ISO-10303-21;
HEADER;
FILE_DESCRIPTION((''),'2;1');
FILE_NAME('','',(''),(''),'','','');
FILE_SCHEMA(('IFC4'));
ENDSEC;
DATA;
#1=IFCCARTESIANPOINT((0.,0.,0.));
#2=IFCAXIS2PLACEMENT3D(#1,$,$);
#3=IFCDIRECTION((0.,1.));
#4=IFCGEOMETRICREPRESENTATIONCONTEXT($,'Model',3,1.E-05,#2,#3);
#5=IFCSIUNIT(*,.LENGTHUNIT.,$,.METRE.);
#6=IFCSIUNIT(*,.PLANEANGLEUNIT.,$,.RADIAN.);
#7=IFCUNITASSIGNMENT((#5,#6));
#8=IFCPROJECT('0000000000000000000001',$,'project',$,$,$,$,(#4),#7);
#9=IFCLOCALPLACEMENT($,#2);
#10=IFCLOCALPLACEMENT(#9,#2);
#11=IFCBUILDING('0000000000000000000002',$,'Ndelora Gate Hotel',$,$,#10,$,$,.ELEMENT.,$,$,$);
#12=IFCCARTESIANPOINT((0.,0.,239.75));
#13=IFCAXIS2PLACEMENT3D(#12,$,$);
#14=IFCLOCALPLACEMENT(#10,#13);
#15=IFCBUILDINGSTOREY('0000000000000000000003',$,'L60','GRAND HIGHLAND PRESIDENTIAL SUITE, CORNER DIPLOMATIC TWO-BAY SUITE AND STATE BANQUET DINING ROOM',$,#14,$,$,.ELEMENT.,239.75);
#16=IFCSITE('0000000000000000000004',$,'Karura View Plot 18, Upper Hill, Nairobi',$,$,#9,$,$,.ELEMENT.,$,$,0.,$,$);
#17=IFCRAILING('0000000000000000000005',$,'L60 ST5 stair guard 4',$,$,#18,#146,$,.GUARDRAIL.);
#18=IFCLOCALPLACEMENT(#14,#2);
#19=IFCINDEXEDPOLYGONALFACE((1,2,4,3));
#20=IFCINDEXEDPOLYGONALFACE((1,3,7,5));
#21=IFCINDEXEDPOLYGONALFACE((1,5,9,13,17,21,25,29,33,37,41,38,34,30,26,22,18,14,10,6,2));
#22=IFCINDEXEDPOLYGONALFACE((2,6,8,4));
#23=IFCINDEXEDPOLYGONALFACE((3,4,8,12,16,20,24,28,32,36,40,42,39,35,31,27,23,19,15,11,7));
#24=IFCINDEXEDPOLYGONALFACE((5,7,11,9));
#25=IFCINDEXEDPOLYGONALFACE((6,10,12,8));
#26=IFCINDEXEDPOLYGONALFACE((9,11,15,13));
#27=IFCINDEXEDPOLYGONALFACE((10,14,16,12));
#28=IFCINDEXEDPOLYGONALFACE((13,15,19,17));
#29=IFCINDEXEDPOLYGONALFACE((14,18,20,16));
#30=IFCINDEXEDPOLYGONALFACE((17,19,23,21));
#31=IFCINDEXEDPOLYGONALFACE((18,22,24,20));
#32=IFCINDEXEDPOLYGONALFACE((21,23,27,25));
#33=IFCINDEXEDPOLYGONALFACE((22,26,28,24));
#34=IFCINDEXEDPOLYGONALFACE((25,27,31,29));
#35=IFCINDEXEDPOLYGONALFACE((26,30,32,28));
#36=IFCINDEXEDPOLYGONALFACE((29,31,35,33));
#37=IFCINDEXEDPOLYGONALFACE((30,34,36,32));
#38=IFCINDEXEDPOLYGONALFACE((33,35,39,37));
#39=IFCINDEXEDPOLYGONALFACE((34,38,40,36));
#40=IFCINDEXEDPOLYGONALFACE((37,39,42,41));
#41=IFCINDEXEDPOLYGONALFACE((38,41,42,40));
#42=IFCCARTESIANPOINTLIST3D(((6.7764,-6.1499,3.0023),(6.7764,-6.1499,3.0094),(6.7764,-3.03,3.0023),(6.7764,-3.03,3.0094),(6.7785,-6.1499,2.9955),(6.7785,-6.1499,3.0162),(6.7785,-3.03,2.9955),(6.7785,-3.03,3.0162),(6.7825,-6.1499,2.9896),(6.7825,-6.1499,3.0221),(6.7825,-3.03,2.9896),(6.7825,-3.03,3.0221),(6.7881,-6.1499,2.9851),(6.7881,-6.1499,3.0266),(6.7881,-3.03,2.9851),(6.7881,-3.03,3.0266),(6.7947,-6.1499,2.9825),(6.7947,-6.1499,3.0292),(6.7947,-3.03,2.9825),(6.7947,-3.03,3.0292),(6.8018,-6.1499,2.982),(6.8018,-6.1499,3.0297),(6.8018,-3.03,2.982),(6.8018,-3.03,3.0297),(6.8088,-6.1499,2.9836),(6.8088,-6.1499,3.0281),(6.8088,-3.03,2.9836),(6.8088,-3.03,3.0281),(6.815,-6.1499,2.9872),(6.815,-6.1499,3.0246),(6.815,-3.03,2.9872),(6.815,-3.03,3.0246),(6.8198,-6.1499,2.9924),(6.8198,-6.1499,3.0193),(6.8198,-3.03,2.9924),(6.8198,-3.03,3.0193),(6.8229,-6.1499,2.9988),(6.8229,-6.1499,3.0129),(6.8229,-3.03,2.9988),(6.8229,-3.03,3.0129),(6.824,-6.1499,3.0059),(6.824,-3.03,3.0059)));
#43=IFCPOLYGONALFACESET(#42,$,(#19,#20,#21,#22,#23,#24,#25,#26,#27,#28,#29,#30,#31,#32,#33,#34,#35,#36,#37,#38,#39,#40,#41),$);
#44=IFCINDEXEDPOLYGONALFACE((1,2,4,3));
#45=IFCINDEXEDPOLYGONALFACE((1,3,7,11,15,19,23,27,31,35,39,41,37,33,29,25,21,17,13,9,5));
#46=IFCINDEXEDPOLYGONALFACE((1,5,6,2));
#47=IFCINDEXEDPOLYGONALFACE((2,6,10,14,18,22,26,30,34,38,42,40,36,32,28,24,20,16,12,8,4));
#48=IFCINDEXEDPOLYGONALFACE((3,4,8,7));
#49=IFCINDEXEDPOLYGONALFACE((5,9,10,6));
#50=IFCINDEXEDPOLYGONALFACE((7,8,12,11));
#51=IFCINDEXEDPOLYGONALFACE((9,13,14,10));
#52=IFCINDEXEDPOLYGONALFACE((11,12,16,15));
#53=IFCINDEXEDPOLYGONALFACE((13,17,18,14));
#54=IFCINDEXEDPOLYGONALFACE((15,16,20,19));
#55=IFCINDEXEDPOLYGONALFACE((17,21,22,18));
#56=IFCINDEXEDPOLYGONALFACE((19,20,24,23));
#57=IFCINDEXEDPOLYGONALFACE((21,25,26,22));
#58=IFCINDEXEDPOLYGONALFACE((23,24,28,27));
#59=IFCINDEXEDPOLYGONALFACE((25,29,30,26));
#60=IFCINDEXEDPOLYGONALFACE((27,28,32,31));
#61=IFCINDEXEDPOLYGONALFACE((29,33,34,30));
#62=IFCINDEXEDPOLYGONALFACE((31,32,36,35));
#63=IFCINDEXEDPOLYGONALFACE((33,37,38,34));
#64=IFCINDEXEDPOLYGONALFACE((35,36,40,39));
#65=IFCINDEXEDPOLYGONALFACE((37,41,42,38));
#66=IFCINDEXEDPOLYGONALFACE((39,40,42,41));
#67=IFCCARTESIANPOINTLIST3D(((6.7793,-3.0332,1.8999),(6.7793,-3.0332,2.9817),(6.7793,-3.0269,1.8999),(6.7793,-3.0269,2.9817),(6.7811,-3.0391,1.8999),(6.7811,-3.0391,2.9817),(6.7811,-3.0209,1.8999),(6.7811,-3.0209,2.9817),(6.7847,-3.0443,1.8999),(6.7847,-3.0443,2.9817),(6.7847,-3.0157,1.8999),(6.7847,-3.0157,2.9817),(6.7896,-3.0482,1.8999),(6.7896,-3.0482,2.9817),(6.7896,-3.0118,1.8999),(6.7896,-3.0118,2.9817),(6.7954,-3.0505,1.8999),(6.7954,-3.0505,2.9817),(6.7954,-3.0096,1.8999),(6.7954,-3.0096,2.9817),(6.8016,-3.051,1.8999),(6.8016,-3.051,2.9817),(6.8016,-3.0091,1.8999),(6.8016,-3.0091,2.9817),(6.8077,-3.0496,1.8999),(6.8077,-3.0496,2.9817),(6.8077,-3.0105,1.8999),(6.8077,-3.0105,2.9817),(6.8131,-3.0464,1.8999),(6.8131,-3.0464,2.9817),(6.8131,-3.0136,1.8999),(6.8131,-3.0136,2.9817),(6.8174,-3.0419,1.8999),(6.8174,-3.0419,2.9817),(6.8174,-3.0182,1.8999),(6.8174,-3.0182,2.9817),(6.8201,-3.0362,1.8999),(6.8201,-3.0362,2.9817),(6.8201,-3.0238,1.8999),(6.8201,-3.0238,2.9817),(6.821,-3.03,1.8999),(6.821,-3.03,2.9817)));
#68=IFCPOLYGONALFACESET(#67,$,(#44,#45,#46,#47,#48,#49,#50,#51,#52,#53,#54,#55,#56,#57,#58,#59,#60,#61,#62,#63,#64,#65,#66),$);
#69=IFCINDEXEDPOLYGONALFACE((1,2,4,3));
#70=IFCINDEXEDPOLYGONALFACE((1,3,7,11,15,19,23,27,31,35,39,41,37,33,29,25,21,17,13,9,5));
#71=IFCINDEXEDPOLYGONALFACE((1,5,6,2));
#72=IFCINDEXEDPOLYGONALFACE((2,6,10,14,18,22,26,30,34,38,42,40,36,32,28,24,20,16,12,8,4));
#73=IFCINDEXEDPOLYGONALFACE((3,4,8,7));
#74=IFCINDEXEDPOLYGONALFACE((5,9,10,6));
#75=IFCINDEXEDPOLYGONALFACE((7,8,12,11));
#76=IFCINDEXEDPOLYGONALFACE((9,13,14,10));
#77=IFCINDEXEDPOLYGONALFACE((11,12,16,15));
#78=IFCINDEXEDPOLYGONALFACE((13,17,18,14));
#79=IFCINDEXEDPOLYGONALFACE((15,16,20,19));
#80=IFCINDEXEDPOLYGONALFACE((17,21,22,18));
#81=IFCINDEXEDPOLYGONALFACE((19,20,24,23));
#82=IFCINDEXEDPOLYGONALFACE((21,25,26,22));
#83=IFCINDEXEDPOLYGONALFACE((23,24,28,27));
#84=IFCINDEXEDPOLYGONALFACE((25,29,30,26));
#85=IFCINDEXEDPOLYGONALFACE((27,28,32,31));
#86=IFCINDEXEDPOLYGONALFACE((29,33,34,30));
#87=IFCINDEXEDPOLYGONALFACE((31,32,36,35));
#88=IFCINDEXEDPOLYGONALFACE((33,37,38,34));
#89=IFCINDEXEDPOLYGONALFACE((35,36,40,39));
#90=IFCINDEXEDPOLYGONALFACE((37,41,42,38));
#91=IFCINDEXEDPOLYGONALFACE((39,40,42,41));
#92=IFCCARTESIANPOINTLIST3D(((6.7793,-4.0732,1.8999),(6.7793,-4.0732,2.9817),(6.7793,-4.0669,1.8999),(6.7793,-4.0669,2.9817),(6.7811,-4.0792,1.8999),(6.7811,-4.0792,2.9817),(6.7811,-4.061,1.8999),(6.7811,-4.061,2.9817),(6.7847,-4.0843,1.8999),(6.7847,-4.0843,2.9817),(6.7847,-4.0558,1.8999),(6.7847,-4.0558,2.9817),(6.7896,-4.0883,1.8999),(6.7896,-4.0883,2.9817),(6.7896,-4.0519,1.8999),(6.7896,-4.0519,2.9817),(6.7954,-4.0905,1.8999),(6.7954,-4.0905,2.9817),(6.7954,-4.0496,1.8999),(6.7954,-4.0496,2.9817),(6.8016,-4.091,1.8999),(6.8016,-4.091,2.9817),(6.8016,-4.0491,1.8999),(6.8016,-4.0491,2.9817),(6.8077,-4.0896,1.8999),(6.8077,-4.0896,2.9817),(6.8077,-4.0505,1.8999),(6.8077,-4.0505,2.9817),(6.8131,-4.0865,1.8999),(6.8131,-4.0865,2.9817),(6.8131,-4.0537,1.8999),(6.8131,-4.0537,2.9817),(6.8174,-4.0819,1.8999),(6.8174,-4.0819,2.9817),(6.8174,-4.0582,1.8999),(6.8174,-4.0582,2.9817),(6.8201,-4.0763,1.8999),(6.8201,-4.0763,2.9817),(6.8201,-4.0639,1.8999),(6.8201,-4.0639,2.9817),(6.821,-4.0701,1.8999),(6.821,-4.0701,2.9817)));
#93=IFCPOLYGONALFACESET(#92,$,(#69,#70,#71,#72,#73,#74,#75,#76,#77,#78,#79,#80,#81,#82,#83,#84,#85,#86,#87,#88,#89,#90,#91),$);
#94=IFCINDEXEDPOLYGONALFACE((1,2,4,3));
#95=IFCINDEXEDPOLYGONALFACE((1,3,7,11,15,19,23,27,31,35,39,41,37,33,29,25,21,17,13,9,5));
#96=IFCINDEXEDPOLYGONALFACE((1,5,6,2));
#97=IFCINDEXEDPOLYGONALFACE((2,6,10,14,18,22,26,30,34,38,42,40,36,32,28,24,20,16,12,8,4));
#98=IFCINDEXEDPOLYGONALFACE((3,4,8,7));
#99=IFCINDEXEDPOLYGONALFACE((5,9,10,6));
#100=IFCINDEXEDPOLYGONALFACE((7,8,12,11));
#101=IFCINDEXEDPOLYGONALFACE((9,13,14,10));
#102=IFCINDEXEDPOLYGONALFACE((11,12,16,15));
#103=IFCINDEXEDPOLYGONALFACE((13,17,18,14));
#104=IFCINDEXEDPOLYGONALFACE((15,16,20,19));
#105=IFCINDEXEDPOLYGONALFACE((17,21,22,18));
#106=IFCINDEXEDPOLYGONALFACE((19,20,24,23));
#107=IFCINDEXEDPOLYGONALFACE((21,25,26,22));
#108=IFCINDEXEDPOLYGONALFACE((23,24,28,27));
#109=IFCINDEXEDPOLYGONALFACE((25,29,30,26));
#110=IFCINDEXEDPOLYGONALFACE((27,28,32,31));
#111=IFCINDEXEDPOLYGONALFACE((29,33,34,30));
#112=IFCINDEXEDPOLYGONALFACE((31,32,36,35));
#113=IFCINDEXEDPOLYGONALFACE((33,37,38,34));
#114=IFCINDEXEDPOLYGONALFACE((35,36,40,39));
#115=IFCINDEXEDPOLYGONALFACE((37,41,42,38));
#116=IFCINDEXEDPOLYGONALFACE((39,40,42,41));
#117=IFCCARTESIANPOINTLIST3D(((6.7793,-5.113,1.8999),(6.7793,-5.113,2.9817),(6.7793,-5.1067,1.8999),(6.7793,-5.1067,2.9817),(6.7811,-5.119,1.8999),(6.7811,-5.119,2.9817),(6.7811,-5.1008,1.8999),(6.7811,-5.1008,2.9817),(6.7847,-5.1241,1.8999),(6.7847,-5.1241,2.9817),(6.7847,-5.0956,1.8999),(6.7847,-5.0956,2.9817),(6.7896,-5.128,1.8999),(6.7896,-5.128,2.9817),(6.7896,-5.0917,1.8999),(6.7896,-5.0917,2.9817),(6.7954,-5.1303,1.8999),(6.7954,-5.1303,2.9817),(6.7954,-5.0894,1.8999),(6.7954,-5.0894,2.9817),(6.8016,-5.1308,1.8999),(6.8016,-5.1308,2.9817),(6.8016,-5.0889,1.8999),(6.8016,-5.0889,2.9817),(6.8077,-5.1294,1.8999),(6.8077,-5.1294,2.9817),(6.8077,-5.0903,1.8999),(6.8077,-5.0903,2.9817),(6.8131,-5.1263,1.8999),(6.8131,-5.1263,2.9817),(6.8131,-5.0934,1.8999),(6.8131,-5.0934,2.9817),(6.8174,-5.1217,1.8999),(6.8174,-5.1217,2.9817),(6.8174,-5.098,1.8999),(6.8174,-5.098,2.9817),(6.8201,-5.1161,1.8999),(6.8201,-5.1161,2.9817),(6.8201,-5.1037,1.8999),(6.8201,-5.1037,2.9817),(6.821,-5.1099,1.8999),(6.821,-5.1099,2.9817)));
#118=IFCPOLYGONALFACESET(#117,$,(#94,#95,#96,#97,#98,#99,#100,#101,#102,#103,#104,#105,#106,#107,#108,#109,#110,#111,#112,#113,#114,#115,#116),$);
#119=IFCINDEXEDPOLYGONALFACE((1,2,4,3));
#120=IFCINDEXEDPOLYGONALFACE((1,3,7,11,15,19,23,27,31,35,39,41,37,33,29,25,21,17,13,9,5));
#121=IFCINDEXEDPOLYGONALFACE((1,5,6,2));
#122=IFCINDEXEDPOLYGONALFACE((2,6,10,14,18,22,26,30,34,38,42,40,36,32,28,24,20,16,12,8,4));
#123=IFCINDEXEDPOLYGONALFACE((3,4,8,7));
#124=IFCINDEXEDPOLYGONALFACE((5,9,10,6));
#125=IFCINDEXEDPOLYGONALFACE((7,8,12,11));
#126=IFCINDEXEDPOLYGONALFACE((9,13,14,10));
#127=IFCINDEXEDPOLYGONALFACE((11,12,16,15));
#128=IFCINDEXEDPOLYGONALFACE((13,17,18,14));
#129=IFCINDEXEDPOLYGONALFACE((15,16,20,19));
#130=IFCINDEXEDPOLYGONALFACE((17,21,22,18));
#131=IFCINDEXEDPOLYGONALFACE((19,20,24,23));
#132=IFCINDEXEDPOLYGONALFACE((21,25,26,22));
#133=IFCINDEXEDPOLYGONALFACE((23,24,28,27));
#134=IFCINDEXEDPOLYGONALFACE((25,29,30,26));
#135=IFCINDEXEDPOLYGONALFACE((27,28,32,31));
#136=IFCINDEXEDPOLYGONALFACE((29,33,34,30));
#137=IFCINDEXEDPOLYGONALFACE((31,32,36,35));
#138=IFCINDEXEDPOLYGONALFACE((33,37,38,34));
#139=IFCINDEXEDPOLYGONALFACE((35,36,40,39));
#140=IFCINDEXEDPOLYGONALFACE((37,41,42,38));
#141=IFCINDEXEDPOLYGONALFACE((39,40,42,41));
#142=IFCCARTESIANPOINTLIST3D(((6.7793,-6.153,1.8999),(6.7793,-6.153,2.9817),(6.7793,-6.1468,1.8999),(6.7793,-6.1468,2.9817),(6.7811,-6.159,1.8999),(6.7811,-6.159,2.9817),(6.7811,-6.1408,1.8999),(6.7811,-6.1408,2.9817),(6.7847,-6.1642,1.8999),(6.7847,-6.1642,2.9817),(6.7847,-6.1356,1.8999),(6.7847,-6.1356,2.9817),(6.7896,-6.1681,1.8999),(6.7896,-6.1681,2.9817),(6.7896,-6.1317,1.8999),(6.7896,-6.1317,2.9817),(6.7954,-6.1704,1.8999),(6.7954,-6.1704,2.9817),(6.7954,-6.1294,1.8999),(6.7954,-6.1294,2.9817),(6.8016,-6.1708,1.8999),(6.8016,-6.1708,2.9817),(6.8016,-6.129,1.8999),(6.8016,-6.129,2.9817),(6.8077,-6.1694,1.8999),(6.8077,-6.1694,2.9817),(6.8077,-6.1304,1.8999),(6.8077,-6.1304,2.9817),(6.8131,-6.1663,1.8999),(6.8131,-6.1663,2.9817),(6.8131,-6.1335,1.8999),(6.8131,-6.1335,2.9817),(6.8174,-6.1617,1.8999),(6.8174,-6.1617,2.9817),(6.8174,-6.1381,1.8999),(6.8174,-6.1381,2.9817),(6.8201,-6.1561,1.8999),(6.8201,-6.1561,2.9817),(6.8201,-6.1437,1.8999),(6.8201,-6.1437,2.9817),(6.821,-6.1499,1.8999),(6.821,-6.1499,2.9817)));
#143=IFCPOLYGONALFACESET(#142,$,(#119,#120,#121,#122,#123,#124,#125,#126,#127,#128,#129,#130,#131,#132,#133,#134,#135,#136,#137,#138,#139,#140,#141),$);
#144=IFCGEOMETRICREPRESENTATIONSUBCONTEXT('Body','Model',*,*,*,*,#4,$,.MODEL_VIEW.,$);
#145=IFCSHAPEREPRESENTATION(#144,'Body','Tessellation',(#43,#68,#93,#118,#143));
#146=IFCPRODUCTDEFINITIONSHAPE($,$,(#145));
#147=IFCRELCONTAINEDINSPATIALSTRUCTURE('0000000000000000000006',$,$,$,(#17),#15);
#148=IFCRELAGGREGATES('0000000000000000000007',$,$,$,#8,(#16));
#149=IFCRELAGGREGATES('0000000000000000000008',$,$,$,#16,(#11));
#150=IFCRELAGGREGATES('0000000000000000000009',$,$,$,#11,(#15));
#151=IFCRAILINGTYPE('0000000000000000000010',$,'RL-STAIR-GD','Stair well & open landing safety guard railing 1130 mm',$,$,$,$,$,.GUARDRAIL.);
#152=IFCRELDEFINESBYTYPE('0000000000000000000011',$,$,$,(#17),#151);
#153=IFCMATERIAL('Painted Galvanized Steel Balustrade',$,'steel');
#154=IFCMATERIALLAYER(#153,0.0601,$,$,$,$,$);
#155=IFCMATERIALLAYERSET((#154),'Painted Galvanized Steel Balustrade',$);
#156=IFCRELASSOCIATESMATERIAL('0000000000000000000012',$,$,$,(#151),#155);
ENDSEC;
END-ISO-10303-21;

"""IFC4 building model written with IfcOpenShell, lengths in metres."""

from ifc_helpers import new_model, si_unit, direction, frame, origin, origin_2d, place, context, subcontext, project, spatial, circle, extrude, material, layer, layer_set, type_object, element, save


model = new_model("IFC4")

# Units and contexts
model_context = context("Model", 3, precision=1e-05, world=origin(), true_north=direction((0.0, 1.0)))
body_context = subcontext(model_context, "Body", "Model", "MODEL_VIEW")
ifc_project = project(units=[si_unit("LENGTHUNIT", "METRE"), si_unit("PLANEANGLEUNIT", "RADIAN")], contexts=[model_context])

# Site, building, storey
site_placement = place(None, origin())
site = spatial("IfcSite", under=ifc_project, at=site_placement, Name="Karura View Plot 18, Upper Hill, Nairobi", CompositionType="ELEMENT", RefElevation=0.0)
building_placement = place(site_placement, origin())
building = spatial("IfcBuilding", under=site, at=building_placement, Name="Ndelora Gate Hotel", CompositionType="ELEMENT")
storey_placement = place(building_placement, frame((0.0, 0.0, 239.75)))
storey = spatial("IfcBuildingStorey", under=building, at=storey_placement, Name="L60", Description="GRAND HIGHLAND PRESIDENTIAL SUITE, CORNER DIPLOMATIC TWO-BAY SUITE AND STATE BANQUET DINING ROOM", CompositionType="ELEMENT", Elevation=239.75)

# Railing
ifc_material_1 = material(Name="Painted Galvanized Steel Balustrade", Category="steel")
ifc_layer_1 = layer(ifc_material_1, 0.0601)
ifc_layer_set_1 = layer_set([ifc_layer_1], Name="Painted Galvanized Steel Balustrade")
railing_type_1 = type_object("IfcRailingType", Name="RL-STAIR-GD", Description="Stair well & open landing safety guard railing 1130 mm", PredefinedType="GUARDRAIL", material=ifc_layer_set_1)
for number, where, name in (
    (1, (6.8, -3.03, 1.8999), "L60 ST5 stair guard 4"),
):
    element("IfcRailing", number, at=place(storey_placement, frame(where)), inside=storey, type_object=railing_type_1, Name=name, PredefinedType="GUARDRAIL", context=body_context, shape_type="SweptSolid", body=[
        extrude(circle(Radius=0.0239, at=origin_2d()), frame((0.0, 0.0, 1.106), z_axis=(0.0, -1.0, 0.0), x_axis=(1.0, 0.0, 0.0)), (0.0, 0.0, 1.0), 3.1199),
        extrude(circle(Radius=0.021, at=origin_2d()), origin(), (0.0, 0.0, 1.0), 1.0818),
        extrude(circle(Radius=0.021, at=origin_2d()), frame((0.0, -1.04, 0.0)), (0.0, 0.0, 1.0), 1.0818),
        extrude(circle(Radius=0.021, at=origin_2d()), frame((0.0, -2.0798, 0.0)), (0.0, 0.0, 1.0), 1.0818),
        extrude(circle(Radius=0.021, at=origin_2d()), frame((0.0, -3.1199, 0.0)), (0.0, 0.0, 1.0), 1.0818),
    ])

save(model, "model.ifc")
